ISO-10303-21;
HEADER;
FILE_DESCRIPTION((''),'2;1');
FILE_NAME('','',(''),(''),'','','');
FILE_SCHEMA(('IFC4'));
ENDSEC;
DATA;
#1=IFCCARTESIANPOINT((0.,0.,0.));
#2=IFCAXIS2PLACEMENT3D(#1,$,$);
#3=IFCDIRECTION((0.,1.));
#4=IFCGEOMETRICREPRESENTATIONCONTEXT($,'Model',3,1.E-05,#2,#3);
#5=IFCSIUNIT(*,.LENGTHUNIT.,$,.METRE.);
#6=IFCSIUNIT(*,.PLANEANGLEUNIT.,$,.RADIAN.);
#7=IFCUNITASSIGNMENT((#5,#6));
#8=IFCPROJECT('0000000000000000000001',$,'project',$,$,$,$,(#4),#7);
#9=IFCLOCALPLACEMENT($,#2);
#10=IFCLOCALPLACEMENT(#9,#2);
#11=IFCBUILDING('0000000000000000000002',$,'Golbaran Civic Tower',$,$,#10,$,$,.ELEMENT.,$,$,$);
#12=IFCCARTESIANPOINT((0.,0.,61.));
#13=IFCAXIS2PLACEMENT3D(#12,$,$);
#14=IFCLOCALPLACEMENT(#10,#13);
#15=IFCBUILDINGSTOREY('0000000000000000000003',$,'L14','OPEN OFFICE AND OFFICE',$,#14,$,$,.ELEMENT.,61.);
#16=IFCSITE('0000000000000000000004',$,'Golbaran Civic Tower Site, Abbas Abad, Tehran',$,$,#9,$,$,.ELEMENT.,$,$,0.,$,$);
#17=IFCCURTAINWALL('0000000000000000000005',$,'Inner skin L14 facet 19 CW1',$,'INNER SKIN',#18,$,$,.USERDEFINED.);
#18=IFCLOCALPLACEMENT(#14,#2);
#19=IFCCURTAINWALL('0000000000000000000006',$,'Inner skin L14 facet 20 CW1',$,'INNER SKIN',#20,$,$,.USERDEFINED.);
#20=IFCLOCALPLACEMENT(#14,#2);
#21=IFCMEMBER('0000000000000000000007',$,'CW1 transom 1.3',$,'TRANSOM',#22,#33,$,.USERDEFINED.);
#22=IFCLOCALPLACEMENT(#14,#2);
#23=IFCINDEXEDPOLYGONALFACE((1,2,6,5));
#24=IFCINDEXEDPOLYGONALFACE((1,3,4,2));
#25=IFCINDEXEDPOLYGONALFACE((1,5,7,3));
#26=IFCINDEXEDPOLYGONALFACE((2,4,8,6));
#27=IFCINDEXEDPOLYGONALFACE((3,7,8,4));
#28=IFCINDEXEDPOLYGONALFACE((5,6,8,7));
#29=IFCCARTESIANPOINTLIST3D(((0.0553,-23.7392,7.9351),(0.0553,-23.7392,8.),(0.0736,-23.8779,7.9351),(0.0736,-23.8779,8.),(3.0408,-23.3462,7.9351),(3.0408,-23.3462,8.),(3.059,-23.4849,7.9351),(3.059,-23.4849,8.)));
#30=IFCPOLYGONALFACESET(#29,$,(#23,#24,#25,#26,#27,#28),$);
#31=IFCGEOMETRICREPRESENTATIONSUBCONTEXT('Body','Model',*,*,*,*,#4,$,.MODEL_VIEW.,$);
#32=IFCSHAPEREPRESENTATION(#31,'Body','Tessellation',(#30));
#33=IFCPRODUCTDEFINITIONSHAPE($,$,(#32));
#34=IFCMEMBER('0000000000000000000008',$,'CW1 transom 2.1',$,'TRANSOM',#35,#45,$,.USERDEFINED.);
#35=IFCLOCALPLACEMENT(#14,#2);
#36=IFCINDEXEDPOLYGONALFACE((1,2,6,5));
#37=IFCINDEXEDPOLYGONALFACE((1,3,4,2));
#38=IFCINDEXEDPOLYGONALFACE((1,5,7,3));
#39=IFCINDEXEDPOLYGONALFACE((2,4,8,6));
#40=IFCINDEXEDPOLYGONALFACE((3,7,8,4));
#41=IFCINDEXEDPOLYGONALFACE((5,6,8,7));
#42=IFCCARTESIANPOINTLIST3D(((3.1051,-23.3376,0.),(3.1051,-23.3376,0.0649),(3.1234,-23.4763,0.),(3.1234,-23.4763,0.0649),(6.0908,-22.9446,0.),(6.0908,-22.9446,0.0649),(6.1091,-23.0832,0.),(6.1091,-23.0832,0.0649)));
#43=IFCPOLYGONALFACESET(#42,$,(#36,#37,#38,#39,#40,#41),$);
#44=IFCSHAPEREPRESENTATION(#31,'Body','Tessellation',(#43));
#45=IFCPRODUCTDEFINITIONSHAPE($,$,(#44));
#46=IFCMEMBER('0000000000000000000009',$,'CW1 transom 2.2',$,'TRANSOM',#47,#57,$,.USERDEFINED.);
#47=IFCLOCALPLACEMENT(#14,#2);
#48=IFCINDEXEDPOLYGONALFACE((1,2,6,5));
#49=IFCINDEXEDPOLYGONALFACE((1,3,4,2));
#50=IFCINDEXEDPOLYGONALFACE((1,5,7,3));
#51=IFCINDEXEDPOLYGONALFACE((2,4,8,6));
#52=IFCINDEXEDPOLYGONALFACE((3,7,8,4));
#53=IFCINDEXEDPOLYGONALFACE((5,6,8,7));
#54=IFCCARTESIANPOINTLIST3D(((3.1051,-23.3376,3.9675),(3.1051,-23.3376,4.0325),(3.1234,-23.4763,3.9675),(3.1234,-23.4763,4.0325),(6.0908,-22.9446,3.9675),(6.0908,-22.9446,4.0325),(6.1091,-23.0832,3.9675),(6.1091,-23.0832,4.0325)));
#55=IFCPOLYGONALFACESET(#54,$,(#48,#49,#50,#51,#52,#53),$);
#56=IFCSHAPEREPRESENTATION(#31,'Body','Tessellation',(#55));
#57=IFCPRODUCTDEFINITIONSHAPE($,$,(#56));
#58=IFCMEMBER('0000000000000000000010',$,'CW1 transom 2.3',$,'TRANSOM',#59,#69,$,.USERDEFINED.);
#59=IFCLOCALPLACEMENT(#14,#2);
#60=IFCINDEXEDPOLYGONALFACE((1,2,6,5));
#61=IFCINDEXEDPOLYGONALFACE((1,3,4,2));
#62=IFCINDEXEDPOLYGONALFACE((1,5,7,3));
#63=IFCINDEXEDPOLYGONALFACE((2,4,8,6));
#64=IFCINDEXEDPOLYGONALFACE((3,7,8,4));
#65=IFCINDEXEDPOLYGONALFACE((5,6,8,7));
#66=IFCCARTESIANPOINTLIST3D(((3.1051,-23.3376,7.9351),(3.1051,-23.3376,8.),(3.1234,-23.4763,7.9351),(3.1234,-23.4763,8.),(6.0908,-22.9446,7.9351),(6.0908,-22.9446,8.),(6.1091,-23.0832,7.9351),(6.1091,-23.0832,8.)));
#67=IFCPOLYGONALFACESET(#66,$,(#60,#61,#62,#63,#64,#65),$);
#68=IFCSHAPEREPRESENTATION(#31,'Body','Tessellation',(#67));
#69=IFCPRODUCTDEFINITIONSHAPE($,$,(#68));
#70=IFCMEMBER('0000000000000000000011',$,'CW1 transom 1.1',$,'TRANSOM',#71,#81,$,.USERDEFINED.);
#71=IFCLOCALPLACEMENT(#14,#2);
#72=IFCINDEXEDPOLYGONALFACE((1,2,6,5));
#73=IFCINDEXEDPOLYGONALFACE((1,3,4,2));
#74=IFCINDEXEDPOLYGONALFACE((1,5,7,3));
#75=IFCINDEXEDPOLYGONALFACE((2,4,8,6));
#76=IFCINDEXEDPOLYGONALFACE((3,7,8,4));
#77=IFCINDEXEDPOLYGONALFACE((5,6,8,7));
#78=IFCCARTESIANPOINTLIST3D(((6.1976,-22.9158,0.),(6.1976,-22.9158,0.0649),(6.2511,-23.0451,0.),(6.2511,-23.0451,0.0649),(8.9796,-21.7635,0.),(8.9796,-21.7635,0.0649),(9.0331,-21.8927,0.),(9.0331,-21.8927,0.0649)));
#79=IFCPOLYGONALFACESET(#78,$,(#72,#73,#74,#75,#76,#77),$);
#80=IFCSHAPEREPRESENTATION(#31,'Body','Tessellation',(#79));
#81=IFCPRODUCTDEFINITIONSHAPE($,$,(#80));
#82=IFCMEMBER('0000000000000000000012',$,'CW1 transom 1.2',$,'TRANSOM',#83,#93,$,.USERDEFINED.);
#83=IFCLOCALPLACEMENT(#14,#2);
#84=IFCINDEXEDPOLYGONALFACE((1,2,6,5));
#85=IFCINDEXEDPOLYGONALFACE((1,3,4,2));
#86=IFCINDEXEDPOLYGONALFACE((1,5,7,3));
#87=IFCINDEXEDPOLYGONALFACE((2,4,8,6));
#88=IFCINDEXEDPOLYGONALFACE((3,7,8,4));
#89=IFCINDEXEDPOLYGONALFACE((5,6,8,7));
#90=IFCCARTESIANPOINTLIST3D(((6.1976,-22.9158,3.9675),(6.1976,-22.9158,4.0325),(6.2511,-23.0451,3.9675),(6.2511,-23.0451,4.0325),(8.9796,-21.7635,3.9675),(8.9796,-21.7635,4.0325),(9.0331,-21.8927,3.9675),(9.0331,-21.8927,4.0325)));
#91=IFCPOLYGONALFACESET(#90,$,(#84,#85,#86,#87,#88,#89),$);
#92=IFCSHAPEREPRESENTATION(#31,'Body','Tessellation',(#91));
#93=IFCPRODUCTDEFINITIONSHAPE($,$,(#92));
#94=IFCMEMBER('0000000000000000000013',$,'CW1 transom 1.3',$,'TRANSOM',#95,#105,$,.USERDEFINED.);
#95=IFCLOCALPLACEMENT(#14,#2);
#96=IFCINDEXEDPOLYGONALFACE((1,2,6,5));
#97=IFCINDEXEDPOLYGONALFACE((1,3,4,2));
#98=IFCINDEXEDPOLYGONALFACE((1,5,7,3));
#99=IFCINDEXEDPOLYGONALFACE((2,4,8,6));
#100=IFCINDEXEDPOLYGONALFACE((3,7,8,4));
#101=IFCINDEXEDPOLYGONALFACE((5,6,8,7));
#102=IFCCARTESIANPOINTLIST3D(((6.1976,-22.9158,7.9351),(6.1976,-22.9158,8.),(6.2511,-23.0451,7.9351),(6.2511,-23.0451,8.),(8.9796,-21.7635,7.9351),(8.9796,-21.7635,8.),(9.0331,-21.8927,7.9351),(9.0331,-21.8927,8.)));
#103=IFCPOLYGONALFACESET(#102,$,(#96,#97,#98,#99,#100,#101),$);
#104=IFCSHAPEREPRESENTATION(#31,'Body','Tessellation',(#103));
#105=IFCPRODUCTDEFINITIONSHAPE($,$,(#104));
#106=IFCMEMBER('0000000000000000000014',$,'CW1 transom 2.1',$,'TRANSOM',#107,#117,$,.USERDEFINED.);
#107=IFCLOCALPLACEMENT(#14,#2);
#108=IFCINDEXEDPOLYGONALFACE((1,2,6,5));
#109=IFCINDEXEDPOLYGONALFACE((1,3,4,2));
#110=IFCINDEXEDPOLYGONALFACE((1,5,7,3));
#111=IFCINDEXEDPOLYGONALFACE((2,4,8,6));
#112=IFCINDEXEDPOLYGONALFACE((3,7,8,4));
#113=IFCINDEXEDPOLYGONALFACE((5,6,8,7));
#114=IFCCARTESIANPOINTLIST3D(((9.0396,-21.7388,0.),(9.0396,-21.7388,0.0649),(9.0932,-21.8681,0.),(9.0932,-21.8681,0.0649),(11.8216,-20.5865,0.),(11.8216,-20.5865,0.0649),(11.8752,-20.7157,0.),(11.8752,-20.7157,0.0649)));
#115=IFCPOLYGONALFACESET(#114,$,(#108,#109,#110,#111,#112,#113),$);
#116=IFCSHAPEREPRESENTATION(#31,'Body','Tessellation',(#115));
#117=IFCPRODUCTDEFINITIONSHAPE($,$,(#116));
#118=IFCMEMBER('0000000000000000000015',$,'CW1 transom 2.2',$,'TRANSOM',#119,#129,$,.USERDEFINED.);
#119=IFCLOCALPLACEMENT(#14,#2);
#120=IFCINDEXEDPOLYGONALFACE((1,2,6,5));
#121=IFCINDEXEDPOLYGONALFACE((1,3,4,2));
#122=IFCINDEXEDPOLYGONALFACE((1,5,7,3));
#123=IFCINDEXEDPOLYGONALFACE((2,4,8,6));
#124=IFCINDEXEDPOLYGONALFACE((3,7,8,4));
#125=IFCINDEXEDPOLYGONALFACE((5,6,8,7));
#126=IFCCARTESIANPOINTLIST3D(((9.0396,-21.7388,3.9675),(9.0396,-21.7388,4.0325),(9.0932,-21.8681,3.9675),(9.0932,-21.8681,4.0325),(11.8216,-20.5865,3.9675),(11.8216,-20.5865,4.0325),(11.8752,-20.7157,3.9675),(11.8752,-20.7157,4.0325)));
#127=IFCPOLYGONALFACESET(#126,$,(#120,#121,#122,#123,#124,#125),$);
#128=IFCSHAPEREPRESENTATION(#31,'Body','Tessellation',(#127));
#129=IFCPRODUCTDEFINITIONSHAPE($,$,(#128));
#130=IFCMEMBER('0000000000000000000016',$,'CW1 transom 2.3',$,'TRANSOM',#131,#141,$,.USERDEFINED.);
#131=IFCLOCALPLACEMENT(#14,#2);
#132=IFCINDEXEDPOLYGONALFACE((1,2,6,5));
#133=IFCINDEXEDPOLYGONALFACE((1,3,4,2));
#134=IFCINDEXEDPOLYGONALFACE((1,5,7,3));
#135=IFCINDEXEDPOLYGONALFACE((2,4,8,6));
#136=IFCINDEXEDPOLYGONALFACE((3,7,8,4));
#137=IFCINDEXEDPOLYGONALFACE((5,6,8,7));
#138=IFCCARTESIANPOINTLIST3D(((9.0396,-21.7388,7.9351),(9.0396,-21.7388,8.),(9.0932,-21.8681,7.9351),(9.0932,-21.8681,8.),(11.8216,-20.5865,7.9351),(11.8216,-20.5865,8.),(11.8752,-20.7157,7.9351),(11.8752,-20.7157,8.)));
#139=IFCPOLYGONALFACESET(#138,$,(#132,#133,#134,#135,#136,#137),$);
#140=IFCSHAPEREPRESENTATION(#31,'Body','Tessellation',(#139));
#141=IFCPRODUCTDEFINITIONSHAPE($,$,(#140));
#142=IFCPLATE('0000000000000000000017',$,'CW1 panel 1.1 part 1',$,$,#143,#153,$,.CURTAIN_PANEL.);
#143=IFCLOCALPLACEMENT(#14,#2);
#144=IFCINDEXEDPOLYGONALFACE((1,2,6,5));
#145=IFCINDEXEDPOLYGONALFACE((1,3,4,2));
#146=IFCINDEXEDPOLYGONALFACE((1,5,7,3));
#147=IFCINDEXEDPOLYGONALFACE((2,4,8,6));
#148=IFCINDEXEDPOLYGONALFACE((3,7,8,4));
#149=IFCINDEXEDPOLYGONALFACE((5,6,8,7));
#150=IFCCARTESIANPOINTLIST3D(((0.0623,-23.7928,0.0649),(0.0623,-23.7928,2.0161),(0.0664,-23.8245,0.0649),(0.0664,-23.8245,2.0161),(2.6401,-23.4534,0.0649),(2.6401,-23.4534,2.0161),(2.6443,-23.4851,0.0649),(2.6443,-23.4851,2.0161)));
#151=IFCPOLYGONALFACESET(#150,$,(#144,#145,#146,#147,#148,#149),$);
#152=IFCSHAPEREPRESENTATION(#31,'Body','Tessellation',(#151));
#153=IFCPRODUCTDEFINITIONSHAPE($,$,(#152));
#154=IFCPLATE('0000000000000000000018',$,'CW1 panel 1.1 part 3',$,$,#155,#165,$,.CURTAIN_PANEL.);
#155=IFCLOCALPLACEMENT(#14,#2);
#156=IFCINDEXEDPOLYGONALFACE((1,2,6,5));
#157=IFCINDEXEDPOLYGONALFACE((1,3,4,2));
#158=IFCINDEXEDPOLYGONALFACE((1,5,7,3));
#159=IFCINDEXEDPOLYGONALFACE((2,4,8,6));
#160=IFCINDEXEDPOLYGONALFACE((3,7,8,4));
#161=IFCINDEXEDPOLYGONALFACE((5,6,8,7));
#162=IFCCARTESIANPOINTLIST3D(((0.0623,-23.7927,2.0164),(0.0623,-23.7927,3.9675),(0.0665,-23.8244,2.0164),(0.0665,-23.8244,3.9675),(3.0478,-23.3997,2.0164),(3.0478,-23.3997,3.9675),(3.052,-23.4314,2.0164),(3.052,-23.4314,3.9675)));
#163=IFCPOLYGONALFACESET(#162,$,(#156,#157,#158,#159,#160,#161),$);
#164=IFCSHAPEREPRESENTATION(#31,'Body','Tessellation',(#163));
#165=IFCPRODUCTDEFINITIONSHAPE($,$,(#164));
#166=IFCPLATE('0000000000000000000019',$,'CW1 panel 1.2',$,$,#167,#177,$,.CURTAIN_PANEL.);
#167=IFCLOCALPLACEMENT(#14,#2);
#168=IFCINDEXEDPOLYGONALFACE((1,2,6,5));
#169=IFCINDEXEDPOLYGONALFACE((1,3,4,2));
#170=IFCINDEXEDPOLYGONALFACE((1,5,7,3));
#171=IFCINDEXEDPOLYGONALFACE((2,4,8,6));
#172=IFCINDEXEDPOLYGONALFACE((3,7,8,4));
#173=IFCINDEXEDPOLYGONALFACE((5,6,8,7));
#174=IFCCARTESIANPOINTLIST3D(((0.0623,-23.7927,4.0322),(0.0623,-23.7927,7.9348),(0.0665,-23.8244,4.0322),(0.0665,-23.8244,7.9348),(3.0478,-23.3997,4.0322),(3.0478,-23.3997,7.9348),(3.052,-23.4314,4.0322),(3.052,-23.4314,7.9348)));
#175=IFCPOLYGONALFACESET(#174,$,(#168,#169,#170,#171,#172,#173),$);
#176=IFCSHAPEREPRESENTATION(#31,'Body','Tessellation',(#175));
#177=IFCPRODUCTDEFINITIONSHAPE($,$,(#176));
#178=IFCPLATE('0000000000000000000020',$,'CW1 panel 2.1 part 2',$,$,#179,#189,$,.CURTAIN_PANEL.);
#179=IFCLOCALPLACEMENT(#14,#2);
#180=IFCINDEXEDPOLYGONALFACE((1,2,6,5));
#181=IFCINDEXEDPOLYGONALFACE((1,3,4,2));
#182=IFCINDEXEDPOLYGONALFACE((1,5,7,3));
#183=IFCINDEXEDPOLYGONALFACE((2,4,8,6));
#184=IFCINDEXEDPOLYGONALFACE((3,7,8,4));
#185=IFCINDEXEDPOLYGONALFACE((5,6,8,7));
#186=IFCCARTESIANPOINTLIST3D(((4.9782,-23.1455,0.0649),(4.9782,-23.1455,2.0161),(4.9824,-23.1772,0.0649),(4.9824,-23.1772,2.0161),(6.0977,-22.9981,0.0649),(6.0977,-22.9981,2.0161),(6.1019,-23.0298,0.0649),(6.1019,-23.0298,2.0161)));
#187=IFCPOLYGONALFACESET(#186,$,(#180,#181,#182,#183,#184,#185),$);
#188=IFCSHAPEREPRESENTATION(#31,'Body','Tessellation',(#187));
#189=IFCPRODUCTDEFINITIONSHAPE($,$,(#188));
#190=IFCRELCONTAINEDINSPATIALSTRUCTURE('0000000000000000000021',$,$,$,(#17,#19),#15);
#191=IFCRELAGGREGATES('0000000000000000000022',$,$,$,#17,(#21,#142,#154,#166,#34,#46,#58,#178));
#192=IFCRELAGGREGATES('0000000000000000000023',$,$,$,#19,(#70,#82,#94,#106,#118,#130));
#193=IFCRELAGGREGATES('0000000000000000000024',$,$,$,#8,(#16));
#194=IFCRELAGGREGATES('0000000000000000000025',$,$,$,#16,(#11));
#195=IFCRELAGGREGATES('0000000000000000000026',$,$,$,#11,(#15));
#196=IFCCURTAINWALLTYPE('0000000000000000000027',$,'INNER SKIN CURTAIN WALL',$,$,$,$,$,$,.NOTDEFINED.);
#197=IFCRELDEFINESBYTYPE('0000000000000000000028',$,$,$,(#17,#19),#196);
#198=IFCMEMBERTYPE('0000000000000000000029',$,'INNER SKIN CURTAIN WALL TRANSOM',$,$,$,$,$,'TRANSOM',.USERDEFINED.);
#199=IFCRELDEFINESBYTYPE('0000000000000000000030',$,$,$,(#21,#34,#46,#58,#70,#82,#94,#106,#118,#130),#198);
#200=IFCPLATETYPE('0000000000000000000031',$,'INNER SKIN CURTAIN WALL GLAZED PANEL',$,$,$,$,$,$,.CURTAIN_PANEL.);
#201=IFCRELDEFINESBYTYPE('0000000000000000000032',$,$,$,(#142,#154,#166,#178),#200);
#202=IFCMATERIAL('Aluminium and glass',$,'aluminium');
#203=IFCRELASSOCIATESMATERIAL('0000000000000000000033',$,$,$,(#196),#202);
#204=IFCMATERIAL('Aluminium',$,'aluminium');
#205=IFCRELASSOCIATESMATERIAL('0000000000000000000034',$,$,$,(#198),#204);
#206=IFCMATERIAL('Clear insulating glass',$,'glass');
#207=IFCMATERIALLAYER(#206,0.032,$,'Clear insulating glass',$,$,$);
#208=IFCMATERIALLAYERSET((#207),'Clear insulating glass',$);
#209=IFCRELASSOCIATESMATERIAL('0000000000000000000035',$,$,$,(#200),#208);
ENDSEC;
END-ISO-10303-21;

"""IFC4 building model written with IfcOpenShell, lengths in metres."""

from ifc_helpers import new_model, si_unit, direction, frame, origin, origin_2d, place, context, subcontext, project, spatial, rectangle, extrude, material, layer, layer_set, material_profile, profile_set, type_object, element, aggregate, save


model = new_model("IFC4")

# Units and contexts
model_context = context("Model", 3, precision=1e-05, world=origin(), true_north=direction((0.0, 1.0)))
body_context = subcontext(model_context, "Body", "Model", "MODEL_VIEW")
ifc_project = project(units=[si_unit("LENGTHUNIT", "METRE"), si_unit("PLANEANGLEUNIT", "RADIAN")], contexts=[model_context])

# Site, building, storey
site_placement = place(None, origin())
site = spatial("IfcSite", under=ifc_project, at=site_placement, Name="Golbaran Civic Tower Site, Abbas Abad, Tehran", CompositionType="ELEMENT", RefElevation=0.0)
building_placement = place(site_placement, origin())
building = spatial("IfcBuilding", under=site, at=building_placement, Name="Golbaran Civic Tower", CompositionType="ELEMENT")
storey_placement = place(building_placement, frame((0.0, 0.0, 61.0)))
storey = spatial("IfcBuildingStorey", under=building, at=storey_placement, Name="L14", Description="OPEN OFFICE AND OFFICE", CompositionType="ELEMENT", Elevation=61.0)

# Curtain walls
ifc_material_1 = material(Name="Aluminium and glass", Category="aluminium")
curtain_wall_type = type_object("IfcCurtainWallType", Name="INNER SKIN CURTAIN WALL", PredefinedType="NOTDEFINED", material=ifc_material_1)
curtain_wall_1_placement = place(storey_placement, origin())
curtain_wall_1 = element("IfcCurtainWall", 1, at=curtain_wall_1_placement, inside=storey, type_object=curtain_wall_type, Name="Inner skin L14 facet 19 CW1", ObjectType="INNER SKIN", PredefinedType="USERDEFINED")
ifc_material_2 = material(Name="Aluminium", Category="aluminium")
curtain_wall_2_placement = place(storey_placement, origin())
curtain_wall_2 = element("IfcCurtainWall", 2, at=curtain_wall_2_placement, inside=storey, type_object=curtain_wall_type, Name="Inner skin L14 facet 20 CW1", ObjectType="INNER SKIN", PredefinedType="USERDEFINED")

# Members
ifc_material_profile_1 = material_profile(ifc_material_2, rectangle(XDim=0.1399, YDim=0.0649, at=origin_2d()), Name="INNER SKIN CURTAIN WALL TRANSOM")
ifc_profile_set_1 = profile_set([ifc_material_profile_1], Name="Aluminium")
member_type_1 = type_object("IfcMemberType", Name="INNER SKIN CURTAIN WALL TRANSOM", ElementType="TRANSOM", PredefinedType="USERDEFINED", material=ifc_profile_set_1)
member_1_placement = place(storey_placement, frame((0.0645, -23.8086, 7.9675), z_axis=(0.991443, 0.130538, 0.0), x_axis=(-0.130538, 0.991443, 0.0)))
member_1 = element("IfcMember", 3, at=member_1_placement, type_object=member_type_1, Name="CW1 transom 1.3", ObjectType="TRANSOM", PredefinedType="USERDEFINED", context=body_context, shape_type="SweptSolid", body=[
    extrude(rectangle(XDim=0.1399, YDim=0.0649, at=origin_2d()), origin(), (0.0, 0.0, 1.0), 3.0112),
])
member_2_placement = place(storey_placement, frame((3.1143, -23.407, 0.0325), z_axis=(0.991445, 0.130528, 0.0), x_axis=(-0.130528, 0.991445, 0.0)))
member_2 = element("IfcMember", 4, at=member_2_placement, type_object=member_type_1, Name="CW1 transom 2.1", ObjectType="TRANSOM", PredefinedType="USERDEFINED", context=body_context, shape_type="SweptSolid", body=[
    extrude(rectangle(XDim=0.1399, YDim=0.0649, at=origin_2d()), origin(), (0.0, 0.0, 1.0), 3.0115),
])
member_3_placement = place(storey_placement, frame((3.1143, -23.407, 4.0), z_axis=(0.991445, 0.130528, 0.0), x_axis=(-0.130528, 0.991445, 0.0)))
member_3 = element("IfcMember", 5, at=member_3_placement, type_object=member_type_1, Name="CW1 transom 2.2", ObjectType="TRANSOM", PredefinedType="USERDEFINED", context=body_context, shape_type="SweptSolid", body=[
    extrude(rectangle(XDim=0.1399, YDim=0.0649, at=origin_2d()), origin(), (0.0, 0.0, 1.0), 3.0115),
])
member_4_placement = place(storey_placement, frame((3.1143, -23.407, 7.9675), z_axis=(0.991445, 0.130528, 0.0), x_axis=(-0.130528, 0.991445, 0.0)))
member_4 = element("IfcMember", 6, at=member_4_placement, type_object=member_type_1, Name="CW1 transom 2.3", ObjectType="TRANSOM", PredefinedType="USERDEFINED", context=body_context, shape_type="SweptSolid", body=[
    extrude(rectangle(XDim=0.1399, YDim=0.0649, at=origin_2d()), origin(), (0.0, 0.0, 1.0), 3.0115),
])
member_5_placement = place(storey_placement, frame((6.2244, -22.9805, 0.0325), z_axis=(0.923878, 0.382686, 0.0), x_axis=(-0.382686, 0.923878, 0.0)))
member_5 = element("IfcMember", 7, at=member_5_placement, type_object=member_type_1, Name="CW1 transom 1.1", ObjectType="TRANSOM", PredefinedType="USERDEFINED", context=body_context, shape_type="SweptSolid", body=[
    extrude(rectangle(XDim=0.1399, YDim=0.0649, at=origin_2d()), origin(), (0.0, 0.0, 1.0), 3.0112),
])
member_6_placement = place(storey_placement, frame((6.2244, -22.9805, 4.0), z_axis=(0.923878, 0.382686, 0.0), x_axis=(-0.382686, 0.923878, 0.0)))
member_6 = element("IfcMember", 8, at=member_6_placement, type_object=member_type_1, Name="CW1 transom 1.2", ObjectType="TRANSOM", PredefinedType="USERDEFINED", context=body_context, shape_type="SweptSolid", body=[
    extrude(rectangle(XDim=0.1399, YDim=0.0649, at=origin_2d()), origin(), (0.0, 0.0, 1.0), 3.0112),
])
member_7_placement = place(storey_placement, frame((6.2244, -22.9805, 7.9675), z_axis=(0.923878, 0.382686, 0.0), x_axis=(-0.382686, 0.923878, 0.0)))
member_7 = element("IfcMember", 9, at=member_7_placement, type_object=member_type_1, Name="CW1 transom 1.3", ObjectType="TRANSOM", PredefinedType="USERDEFINED", context=body_context, shape_type="SweptSolid", body=[
    extrude(rectangle(XDim=0.1399, YDim=0.0649, at=origin_2d()), origin(), (0.0, 0.0, 1.0), 3.0112),
])
member_8_placement = place(storey_placement, frame((9.0664, -21.8035, 0.0325), z_axis=(0.923878, 0.382686, 0.0), x_axis=(-0.382686, 0.923878, 0.0)))
member_8 = element("IfcMember", 10, at=member_8_placement, type_object=member_type_1, Name="CW1 transom 2.1", ObjectType="TRANSOM", PredefinedType="USERDEFINED", context=body_context, shape_type="SweptSolid", body=[
    extrude(rectangle(XDim=0.1399, YDim=0.0649, at=origin_2d()), origin(), (0.0, 0.0, 1.0), 3.0112),
])
member_9_placement = place(storey_placement, frame((9.0664, -21.8035, 4.0), z_axis=(0.923878, 0.382686, 0.0), x_axis=(-0.382686, 0.923878, 0.0)))
member_9 = element("IfcMember", 11, at=member_9_placement, type_object=member_type_1, Name="CW1 transom 2.2", ObjectType="TRANSOM", PredefinedType="USERDEFINED", context=body_context, shape_type="SweptSolid", body=[
    extrude(rectangle(XDim=0.1399, YDim=0.0649, at=origin_2d()), origin(), (0.0, 0.0, 1.0), 3.0112),
])
member_10_placement = place(storey_placement, frame((9.0664, -21.8035, 7.9675), z_axis=(0.923878, 0.382686, 0.0), x_axis=(-0.382686, 0.923878, 0.0)))
member_10 = element("IfcMember", 12, at=member_10_placement, type_object=member_type_1, Name="CW1 transom 2.3", ObjectType="TRANSOM", PredefinedType="USERDEFINED", context=body_context, shape_type="SweptSolid", body=[
    extrude(rectangle(XDim=0.1399, YDim=0.0649, at=origin_2d()), origin(), (0.0, 0.0, 1.0), 3.0112),
])

# Plates
ifc_material_3 = material(Name="Clear insulating glass", Category="glass")
ifc_layer_1 = layer(ifc_material_3, 0.032, Name="Clear insulating glass")
ifc_layer_set_1 = layer_set([ifc_layer_1], Name="Clear insulating glass")
plate_type_1 = type_object("IfcPlateType", Name="INNER SKIN CURTAIN WALL GLAZED PANEL", PredefinedType="CURTAIN_PANEL", material=ifc_layer_set_1)
plate_1_placement = place(storey_placement, frame((1.3533, -23.6389, 0.0649), z_axis=(0.0, 0.0, 1.0), x_axis=(0.991445, 0.130526, 0.0)))
plate_1 = element("IfcPlate", 13, at=plate_1_placement, type_object=plate_type_1, Name="CW1 panel 1.1 part 1", PredefinedType="CURTAIN_PANEL", context=body_context, shape_type="SweptSolid", body=[
    extrude(rectangle(XDim=2.6001, YDim=0.032, at=origin_2d()), origin(), (0.0, 0.0, 1.0), 1.9512),
])
plate_2_placement = place(storey_placement, frame((1.5571, -23.6121, 2.0164), z_axis=(0.0, 0.0, 1.0), x_axis=(0.991445, 0.130526, 0.0)))
plate_2 = element("IfcPlate", 14, at=plate_2_placement, type_object=plate_type_1, Name="CW1 panel 1.1 part 3", PredefinedType="CURTAIN_PANEL", context=body_context, shape_type="SweptSolid", body=[
    extrude(rectangle(XDim=3.0112, YDim=0.032, at=origin_2d()), origin(), (0.0, 0.0, 1.0), 1.9512),
])
plate_3_placement = place(storey_placement, frame((1.5571, -23.6121, 4.0322), z_axis=(0.0, 0.0, 1.0), x_axis=(0.991445, 0.130526, 0.0)))
plate_3 = element("IfcPlate", 15, at=plate_3_placement, type_object=plate_type_1, Name="CW1 panel 1.2", PredefinedType="CURTAIN_PANEL", context=body_context, shape_type="SweptSolid", body=[
    extrude(rectangle(XDim=3.0112, YDim=0.032, at=origin_2d()), origin(), (0.0, 0.0, 1.0), 3.9026),
])
plate_4_placement = place(storey_placement, frame((5.54, -23.0876, 0.0649), z_axis=(0.0, 0.0, 1.0), x_axis=(0.991445, 0.130526, 0.0)))
plate_4 = element("IfcPlate", 16, at=plate_4_placement, type_object=plate_type_1, Name="CW1 panel 2.1 part 2", PredefinedType="CURTAIN_PANEL", context=body_context, shape_type="SweptSolid", body=[
    extrude(rectangle(XDim=1.1292, YDim=0.032, at=origin_2d()), origin(), (0.0, 0.0, 1.0), 1.9512),
])
aggregate(curtain_wall_1, [member_1, plate_1, plate_2, plate_3, member_2, member_3, member_4, plate_4])
aggregate(curtain_wall_2, [member_5, member_6, member_7, member_8, member_9, member_10])

save(model, "model.ifc")
